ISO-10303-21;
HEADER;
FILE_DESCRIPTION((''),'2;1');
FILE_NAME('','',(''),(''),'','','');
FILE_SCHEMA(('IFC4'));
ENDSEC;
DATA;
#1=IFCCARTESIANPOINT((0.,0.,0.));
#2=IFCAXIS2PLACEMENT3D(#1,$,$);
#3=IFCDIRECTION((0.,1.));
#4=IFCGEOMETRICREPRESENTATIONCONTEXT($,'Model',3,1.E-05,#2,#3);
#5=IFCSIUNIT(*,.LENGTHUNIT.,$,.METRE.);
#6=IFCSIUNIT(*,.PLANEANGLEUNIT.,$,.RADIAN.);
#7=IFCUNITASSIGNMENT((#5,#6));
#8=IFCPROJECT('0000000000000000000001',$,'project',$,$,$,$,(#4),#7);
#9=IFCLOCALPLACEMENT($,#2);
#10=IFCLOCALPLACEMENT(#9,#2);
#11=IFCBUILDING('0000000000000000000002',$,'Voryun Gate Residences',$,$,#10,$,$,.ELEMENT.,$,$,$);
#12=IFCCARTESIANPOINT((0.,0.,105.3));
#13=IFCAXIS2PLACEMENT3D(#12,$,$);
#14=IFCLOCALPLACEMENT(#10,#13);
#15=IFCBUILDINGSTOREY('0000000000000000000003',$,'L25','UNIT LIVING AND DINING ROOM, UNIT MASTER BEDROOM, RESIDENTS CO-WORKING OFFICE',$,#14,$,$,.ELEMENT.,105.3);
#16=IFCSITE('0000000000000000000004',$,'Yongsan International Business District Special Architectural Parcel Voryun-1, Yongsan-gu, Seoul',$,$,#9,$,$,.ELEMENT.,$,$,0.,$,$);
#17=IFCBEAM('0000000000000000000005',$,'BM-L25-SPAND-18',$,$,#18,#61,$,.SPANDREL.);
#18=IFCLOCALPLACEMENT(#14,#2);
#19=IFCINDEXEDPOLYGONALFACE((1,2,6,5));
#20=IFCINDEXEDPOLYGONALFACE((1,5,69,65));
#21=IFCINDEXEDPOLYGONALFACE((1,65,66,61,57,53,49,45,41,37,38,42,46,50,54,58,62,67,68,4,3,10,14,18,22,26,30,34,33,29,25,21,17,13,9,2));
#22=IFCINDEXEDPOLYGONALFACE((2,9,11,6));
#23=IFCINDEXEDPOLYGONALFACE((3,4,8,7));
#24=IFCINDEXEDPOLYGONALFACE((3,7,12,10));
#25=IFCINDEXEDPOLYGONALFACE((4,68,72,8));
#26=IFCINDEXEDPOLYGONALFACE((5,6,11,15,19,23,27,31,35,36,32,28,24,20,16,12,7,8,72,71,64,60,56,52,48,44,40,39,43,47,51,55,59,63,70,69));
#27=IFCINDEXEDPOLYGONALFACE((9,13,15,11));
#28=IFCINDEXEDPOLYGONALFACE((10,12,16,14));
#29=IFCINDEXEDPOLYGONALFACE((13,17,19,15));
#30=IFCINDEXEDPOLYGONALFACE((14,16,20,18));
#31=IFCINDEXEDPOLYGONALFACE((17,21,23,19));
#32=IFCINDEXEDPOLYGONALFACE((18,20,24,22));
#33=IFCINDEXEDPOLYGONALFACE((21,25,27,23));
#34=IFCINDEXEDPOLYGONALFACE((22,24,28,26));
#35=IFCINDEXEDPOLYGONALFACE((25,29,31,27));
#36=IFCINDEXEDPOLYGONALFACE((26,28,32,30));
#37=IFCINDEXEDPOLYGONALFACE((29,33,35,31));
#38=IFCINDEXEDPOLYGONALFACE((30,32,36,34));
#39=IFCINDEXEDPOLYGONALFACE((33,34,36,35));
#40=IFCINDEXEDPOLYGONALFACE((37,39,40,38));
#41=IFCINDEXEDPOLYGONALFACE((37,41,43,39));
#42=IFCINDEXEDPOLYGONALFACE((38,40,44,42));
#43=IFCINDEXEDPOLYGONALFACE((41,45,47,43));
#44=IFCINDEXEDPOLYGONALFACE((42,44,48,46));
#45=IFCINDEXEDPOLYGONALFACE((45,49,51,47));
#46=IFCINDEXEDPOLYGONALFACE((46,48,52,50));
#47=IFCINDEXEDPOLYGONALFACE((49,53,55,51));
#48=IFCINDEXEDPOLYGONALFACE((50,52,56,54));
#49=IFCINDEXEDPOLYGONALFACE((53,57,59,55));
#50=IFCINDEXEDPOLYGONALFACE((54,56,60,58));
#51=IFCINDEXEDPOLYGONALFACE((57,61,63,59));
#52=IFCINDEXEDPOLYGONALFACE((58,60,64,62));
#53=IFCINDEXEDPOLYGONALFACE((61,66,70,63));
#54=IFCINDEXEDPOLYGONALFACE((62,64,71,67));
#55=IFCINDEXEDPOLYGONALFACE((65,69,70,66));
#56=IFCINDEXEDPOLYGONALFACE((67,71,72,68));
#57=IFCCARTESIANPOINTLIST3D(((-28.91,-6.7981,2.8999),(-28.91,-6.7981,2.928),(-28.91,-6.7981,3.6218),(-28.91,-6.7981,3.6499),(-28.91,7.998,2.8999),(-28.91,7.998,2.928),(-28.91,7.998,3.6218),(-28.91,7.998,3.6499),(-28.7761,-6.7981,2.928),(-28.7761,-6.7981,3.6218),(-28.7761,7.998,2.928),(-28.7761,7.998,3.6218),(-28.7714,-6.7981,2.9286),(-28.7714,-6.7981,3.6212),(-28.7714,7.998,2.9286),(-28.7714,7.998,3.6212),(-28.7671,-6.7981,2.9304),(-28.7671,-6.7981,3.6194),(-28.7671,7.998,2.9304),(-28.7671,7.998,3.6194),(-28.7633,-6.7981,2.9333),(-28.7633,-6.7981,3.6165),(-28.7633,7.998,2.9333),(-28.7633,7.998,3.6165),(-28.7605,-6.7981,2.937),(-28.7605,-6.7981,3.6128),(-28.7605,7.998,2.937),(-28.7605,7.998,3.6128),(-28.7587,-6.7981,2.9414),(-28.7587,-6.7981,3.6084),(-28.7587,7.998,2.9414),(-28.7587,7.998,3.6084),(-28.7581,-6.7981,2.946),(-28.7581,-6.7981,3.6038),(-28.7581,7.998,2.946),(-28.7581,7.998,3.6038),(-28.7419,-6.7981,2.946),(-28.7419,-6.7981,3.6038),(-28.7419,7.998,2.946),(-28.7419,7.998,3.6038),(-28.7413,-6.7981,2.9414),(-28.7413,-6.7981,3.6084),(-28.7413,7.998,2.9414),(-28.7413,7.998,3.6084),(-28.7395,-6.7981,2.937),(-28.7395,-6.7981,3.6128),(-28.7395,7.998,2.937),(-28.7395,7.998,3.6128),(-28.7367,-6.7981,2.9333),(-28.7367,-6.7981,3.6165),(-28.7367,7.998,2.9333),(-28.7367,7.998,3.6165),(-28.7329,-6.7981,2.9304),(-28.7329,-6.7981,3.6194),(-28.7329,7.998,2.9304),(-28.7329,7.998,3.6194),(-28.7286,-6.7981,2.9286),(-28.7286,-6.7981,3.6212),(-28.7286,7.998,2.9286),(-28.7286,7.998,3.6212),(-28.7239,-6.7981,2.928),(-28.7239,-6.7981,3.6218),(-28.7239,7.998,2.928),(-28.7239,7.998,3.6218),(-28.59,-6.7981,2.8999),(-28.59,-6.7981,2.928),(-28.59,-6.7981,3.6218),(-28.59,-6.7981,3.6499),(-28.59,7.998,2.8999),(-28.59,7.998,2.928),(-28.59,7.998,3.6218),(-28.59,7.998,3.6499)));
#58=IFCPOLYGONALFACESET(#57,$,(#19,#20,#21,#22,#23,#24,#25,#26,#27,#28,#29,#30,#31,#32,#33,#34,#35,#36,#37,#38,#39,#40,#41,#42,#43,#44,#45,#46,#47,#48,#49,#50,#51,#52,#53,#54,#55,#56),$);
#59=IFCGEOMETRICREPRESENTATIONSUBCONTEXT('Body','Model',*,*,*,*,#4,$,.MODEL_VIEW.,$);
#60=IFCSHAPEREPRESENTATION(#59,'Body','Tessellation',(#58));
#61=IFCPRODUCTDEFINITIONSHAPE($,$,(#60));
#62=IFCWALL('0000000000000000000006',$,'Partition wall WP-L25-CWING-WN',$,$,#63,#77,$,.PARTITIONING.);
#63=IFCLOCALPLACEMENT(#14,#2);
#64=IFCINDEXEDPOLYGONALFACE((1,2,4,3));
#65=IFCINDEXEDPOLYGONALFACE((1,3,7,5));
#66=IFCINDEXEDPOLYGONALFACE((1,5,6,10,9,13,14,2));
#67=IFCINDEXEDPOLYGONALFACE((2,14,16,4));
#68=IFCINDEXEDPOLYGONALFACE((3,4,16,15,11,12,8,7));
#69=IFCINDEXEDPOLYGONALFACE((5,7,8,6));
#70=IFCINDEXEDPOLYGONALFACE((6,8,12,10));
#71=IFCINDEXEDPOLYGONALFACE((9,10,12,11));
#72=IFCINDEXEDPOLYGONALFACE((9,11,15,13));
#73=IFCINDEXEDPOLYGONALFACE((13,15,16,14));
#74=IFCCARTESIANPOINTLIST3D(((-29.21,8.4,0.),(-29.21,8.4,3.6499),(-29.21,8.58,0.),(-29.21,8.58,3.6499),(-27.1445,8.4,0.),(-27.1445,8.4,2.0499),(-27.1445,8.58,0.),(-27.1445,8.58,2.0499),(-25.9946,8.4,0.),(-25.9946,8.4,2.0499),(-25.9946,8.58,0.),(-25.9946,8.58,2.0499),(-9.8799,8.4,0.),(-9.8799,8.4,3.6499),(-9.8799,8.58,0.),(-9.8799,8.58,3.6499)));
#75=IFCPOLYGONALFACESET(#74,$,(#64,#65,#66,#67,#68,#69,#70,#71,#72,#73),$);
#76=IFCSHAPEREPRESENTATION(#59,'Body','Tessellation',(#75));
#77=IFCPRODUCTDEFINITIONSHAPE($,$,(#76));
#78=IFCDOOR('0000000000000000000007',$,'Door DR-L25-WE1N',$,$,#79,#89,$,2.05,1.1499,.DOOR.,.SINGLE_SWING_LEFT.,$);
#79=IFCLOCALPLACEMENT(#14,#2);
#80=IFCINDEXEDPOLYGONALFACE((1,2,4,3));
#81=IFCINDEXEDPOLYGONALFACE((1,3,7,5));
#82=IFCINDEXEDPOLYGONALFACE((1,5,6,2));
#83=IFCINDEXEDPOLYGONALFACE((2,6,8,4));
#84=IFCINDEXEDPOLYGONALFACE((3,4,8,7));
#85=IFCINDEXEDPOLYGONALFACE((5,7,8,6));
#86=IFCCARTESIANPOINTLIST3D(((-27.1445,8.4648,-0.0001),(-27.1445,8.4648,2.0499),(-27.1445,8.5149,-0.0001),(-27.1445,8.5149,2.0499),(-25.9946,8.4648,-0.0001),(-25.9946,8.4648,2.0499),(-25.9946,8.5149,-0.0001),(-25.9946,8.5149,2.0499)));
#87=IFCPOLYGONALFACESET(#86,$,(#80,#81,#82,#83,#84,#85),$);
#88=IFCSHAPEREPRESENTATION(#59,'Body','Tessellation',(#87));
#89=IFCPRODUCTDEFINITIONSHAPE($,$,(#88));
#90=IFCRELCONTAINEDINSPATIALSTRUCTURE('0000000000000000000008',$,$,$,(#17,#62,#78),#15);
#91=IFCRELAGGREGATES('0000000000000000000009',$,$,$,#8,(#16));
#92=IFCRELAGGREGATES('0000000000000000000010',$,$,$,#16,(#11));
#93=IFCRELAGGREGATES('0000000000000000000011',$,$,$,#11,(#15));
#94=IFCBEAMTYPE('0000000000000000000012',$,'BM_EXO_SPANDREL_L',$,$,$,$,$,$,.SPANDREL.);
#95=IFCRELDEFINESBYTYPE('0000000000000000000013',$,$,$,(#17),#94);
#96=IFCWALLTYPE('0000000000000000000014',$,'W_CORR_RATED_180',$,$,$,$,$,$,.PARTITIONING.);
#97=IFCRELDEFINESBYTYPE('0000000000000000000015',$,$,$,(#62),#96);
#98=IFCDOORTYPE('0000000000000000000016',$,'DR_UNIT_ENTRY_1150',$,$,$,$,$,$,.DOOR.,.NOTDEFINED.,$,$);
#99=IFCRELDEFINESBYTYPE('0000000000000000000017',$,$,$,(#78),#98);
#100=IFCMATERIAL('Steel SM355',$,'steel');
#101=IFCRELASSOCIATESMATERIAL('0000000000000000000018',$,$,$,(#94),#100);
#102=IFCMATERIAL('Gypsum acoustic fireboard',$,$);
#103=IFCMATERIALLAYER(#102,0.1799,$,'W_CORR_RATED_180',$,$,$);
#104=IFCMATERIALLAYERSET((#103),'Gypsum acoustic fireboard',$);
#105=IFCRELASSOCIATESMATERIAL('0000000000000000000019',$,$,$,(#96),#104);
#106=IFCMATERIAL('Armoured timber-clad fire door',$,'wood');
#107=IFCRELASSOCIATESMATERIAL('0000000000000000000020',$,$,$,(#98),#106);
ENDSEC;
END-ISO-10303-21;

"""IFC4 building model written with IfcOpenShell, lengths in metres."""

from ifc_helpers import new_model, si_unit, direction, frame, frame_2d, origin, origin_2d, place, context, subcontext, project, spatial, rectangle, i_section, extrude, material, layer, layer_set, material_profile, profile_set, type_object, element, fill, save


model = new_model("IFC4")

# Units and contexts
model_context = context("Model", 3, precision=1e-05, world=origin(), true_north=direction((0.0, 1.0)))
body_context = subcontext(model_context, "Body", "Model", "MODEL_VIEW")
ifc_project = project(units=[si_unit("LENGTHUNIT", "METRE"), si_unit("PLANEANGLEUNIT", "RADIAN")], contexts=[model_context])

# Site, building, storey
site_placement = place(None, origin())
site = spatial("IfcSite", under=ifc_project, at=site_placement, Name="Yongsan International Business District Special Architectural Parcel Voryun-1, Yongsan-gu, Seoul", CompositionType="ELEMENT", RefElevation=0.0)
building_placement = place(site_placement, origin())
building = spatial("IfcBuilding", under=site, at=building_placement, Name="Voryun Gate Residences", CompositionType="ELEMENT")
storey_placement = place(building_placement, frame((0.0, 0.0, 105.3)))
storey = spatial("IfcBuildingStorey", under=building, at=storey_placement, Name="L25", Description="UNIT LIVING AND DINING ROOM, UNIT MASTER BEDROOM, RESIDENTS CO-WORKING OFFICE", CompositionType="ELEMENT", Elevation=105.3)

# Beam
ifc_material_1 = material(Name="Steel SM355", Category="steel")
ifc_material_profile = material_profile(ifc_material_1, i_section(OverallWidth=0.3201, OverallDepth=0.75, WebThickness=0.0161, FlangeThickness=0.0281, FilletRadius=0.0181, at=origin_2d()), Name="H-750x320x16x28")
ifc_profile_set = profile_set([ifc_material_profile], Name="Steel SM355")
beam_type = type_object("IfcBeamType", Name="BM_EXO_SPANDREL_L", PredefinedType="SPANDREL", material=ifc_profile_set)
beam_placement = place(storey_placement, frame((-28.75, 7.998, 3.2749), z_axis=(0.0, -1.0, 0.0), x_axis=(1.0, 0.0, 0.0)))
element("IfcBeam", 1, at=beam_placement, inside=storey, type_object=beam_type, Name="BM-L25-SPAND-18", PredefinedType="SPANDREL", context=body_context, shape_type="SweptSolid", body=[
    extrude(i_section(OverallWidth=0.3201, OverallDepth=0.75, WebThickness=0.0161, FlangeThickness=0.0281, FilletRadius=0.0181, at=origin_2d()), origin(), (0.0, 0.0, 1.0), 14.7961),
])

# Wall, opening, door
ifc_material_2 = material(Name="Gypsum acoustic fireboard")
ifc_layer_1 = layer(ifc_material_2, 0.1799, Name="W_CORR_RATED_180")
ifc_layer_set_1 = layer_set([ifc_layer_1], Name="Gypsum acoustic fireboard")
wall_type_1 = type_object("IfcWallType", Name="W_CORR_RATED_180", PredefinedType="PARTITIONING", material=ifc_layer_set_1)
wall_1_placement = place(storey_placement, frame((-29.21, 8.49, 0.0), z_axis=(0.0, 0.0, 1.0), x_axis=(1.0, 0.0, 0.0)))
wall_1 = element("IfcWall", 2, at=wall_1_placement, inside=storey, type_object=wall_type_1, Name="Partition wall WP-L25-CWING-WN", PredefinedType="PARTITIONING", context=body_context, shape_type="SweptSolid", body=[
    extrude(rectangle(XDim=19.3301, YDim=0.1799, at=frame_2d((9.665, 0.0))), origin(), (0.0, 0.0, 1.0), 3.6499),
])
opening_1_placement = place(wall_1_placement, frame((2.0654, 0.0, 0.0)))
opening_1 = element("IfcOpeningElement", 3, at=opening_1_placement, cuts=wall_1, PredefinedType="OPENING", context=body_context, shape_type="SweptSolid", body=[
    extrude(rectangle(XDim=1.1499, YDim=2.05, at=frame_2d((0.575, 1.0249))), frame((0.0, 0.0999, 0.0), z_axis=(0.0, -1.0, 0.0), x_axis=(1.0, 0.0, 0.0)), (0.0, 0.0, 1.0), 0.2),
])
ifc_material_3 = material(Name="Armoured timber-clad fire door", Category="wood")
door_type_1 = type_object("IfcDoorType", Name="DR_UNIT_ENTRY_1150", OperationType="NOTDEFINED", PredefinedType="DOOR", material=ifc_material_3)
door_1_placement = place(opening_1_placement, origin())
door_1 = element("IfcDoor", 4, at=door_1_placement, inside=storey, type_object=door_type_1, Name="Door DR-L25-WE1N", OperationType="SINGLE_SWING_LEFT", OverallHeight=2.05, OverallWidth=1.1499, PredefinedType="DOOR", context=body_context, shape_type="SweptSolid", body=[
    extrude(rectangle(XDim=1.1499, YDim=2.05, at=frame_2d((0.575, 1.0249))), frame((0.0, 0.0249, 0.0), z_axis=(0.0, -1.0, 0.0), x_axis=(1.0, 0.0, 0.0)), (0.0, 0.0, 1.0), 0.05),
])
fill(opening_1, door_1)

save(model, "model.ifc")
